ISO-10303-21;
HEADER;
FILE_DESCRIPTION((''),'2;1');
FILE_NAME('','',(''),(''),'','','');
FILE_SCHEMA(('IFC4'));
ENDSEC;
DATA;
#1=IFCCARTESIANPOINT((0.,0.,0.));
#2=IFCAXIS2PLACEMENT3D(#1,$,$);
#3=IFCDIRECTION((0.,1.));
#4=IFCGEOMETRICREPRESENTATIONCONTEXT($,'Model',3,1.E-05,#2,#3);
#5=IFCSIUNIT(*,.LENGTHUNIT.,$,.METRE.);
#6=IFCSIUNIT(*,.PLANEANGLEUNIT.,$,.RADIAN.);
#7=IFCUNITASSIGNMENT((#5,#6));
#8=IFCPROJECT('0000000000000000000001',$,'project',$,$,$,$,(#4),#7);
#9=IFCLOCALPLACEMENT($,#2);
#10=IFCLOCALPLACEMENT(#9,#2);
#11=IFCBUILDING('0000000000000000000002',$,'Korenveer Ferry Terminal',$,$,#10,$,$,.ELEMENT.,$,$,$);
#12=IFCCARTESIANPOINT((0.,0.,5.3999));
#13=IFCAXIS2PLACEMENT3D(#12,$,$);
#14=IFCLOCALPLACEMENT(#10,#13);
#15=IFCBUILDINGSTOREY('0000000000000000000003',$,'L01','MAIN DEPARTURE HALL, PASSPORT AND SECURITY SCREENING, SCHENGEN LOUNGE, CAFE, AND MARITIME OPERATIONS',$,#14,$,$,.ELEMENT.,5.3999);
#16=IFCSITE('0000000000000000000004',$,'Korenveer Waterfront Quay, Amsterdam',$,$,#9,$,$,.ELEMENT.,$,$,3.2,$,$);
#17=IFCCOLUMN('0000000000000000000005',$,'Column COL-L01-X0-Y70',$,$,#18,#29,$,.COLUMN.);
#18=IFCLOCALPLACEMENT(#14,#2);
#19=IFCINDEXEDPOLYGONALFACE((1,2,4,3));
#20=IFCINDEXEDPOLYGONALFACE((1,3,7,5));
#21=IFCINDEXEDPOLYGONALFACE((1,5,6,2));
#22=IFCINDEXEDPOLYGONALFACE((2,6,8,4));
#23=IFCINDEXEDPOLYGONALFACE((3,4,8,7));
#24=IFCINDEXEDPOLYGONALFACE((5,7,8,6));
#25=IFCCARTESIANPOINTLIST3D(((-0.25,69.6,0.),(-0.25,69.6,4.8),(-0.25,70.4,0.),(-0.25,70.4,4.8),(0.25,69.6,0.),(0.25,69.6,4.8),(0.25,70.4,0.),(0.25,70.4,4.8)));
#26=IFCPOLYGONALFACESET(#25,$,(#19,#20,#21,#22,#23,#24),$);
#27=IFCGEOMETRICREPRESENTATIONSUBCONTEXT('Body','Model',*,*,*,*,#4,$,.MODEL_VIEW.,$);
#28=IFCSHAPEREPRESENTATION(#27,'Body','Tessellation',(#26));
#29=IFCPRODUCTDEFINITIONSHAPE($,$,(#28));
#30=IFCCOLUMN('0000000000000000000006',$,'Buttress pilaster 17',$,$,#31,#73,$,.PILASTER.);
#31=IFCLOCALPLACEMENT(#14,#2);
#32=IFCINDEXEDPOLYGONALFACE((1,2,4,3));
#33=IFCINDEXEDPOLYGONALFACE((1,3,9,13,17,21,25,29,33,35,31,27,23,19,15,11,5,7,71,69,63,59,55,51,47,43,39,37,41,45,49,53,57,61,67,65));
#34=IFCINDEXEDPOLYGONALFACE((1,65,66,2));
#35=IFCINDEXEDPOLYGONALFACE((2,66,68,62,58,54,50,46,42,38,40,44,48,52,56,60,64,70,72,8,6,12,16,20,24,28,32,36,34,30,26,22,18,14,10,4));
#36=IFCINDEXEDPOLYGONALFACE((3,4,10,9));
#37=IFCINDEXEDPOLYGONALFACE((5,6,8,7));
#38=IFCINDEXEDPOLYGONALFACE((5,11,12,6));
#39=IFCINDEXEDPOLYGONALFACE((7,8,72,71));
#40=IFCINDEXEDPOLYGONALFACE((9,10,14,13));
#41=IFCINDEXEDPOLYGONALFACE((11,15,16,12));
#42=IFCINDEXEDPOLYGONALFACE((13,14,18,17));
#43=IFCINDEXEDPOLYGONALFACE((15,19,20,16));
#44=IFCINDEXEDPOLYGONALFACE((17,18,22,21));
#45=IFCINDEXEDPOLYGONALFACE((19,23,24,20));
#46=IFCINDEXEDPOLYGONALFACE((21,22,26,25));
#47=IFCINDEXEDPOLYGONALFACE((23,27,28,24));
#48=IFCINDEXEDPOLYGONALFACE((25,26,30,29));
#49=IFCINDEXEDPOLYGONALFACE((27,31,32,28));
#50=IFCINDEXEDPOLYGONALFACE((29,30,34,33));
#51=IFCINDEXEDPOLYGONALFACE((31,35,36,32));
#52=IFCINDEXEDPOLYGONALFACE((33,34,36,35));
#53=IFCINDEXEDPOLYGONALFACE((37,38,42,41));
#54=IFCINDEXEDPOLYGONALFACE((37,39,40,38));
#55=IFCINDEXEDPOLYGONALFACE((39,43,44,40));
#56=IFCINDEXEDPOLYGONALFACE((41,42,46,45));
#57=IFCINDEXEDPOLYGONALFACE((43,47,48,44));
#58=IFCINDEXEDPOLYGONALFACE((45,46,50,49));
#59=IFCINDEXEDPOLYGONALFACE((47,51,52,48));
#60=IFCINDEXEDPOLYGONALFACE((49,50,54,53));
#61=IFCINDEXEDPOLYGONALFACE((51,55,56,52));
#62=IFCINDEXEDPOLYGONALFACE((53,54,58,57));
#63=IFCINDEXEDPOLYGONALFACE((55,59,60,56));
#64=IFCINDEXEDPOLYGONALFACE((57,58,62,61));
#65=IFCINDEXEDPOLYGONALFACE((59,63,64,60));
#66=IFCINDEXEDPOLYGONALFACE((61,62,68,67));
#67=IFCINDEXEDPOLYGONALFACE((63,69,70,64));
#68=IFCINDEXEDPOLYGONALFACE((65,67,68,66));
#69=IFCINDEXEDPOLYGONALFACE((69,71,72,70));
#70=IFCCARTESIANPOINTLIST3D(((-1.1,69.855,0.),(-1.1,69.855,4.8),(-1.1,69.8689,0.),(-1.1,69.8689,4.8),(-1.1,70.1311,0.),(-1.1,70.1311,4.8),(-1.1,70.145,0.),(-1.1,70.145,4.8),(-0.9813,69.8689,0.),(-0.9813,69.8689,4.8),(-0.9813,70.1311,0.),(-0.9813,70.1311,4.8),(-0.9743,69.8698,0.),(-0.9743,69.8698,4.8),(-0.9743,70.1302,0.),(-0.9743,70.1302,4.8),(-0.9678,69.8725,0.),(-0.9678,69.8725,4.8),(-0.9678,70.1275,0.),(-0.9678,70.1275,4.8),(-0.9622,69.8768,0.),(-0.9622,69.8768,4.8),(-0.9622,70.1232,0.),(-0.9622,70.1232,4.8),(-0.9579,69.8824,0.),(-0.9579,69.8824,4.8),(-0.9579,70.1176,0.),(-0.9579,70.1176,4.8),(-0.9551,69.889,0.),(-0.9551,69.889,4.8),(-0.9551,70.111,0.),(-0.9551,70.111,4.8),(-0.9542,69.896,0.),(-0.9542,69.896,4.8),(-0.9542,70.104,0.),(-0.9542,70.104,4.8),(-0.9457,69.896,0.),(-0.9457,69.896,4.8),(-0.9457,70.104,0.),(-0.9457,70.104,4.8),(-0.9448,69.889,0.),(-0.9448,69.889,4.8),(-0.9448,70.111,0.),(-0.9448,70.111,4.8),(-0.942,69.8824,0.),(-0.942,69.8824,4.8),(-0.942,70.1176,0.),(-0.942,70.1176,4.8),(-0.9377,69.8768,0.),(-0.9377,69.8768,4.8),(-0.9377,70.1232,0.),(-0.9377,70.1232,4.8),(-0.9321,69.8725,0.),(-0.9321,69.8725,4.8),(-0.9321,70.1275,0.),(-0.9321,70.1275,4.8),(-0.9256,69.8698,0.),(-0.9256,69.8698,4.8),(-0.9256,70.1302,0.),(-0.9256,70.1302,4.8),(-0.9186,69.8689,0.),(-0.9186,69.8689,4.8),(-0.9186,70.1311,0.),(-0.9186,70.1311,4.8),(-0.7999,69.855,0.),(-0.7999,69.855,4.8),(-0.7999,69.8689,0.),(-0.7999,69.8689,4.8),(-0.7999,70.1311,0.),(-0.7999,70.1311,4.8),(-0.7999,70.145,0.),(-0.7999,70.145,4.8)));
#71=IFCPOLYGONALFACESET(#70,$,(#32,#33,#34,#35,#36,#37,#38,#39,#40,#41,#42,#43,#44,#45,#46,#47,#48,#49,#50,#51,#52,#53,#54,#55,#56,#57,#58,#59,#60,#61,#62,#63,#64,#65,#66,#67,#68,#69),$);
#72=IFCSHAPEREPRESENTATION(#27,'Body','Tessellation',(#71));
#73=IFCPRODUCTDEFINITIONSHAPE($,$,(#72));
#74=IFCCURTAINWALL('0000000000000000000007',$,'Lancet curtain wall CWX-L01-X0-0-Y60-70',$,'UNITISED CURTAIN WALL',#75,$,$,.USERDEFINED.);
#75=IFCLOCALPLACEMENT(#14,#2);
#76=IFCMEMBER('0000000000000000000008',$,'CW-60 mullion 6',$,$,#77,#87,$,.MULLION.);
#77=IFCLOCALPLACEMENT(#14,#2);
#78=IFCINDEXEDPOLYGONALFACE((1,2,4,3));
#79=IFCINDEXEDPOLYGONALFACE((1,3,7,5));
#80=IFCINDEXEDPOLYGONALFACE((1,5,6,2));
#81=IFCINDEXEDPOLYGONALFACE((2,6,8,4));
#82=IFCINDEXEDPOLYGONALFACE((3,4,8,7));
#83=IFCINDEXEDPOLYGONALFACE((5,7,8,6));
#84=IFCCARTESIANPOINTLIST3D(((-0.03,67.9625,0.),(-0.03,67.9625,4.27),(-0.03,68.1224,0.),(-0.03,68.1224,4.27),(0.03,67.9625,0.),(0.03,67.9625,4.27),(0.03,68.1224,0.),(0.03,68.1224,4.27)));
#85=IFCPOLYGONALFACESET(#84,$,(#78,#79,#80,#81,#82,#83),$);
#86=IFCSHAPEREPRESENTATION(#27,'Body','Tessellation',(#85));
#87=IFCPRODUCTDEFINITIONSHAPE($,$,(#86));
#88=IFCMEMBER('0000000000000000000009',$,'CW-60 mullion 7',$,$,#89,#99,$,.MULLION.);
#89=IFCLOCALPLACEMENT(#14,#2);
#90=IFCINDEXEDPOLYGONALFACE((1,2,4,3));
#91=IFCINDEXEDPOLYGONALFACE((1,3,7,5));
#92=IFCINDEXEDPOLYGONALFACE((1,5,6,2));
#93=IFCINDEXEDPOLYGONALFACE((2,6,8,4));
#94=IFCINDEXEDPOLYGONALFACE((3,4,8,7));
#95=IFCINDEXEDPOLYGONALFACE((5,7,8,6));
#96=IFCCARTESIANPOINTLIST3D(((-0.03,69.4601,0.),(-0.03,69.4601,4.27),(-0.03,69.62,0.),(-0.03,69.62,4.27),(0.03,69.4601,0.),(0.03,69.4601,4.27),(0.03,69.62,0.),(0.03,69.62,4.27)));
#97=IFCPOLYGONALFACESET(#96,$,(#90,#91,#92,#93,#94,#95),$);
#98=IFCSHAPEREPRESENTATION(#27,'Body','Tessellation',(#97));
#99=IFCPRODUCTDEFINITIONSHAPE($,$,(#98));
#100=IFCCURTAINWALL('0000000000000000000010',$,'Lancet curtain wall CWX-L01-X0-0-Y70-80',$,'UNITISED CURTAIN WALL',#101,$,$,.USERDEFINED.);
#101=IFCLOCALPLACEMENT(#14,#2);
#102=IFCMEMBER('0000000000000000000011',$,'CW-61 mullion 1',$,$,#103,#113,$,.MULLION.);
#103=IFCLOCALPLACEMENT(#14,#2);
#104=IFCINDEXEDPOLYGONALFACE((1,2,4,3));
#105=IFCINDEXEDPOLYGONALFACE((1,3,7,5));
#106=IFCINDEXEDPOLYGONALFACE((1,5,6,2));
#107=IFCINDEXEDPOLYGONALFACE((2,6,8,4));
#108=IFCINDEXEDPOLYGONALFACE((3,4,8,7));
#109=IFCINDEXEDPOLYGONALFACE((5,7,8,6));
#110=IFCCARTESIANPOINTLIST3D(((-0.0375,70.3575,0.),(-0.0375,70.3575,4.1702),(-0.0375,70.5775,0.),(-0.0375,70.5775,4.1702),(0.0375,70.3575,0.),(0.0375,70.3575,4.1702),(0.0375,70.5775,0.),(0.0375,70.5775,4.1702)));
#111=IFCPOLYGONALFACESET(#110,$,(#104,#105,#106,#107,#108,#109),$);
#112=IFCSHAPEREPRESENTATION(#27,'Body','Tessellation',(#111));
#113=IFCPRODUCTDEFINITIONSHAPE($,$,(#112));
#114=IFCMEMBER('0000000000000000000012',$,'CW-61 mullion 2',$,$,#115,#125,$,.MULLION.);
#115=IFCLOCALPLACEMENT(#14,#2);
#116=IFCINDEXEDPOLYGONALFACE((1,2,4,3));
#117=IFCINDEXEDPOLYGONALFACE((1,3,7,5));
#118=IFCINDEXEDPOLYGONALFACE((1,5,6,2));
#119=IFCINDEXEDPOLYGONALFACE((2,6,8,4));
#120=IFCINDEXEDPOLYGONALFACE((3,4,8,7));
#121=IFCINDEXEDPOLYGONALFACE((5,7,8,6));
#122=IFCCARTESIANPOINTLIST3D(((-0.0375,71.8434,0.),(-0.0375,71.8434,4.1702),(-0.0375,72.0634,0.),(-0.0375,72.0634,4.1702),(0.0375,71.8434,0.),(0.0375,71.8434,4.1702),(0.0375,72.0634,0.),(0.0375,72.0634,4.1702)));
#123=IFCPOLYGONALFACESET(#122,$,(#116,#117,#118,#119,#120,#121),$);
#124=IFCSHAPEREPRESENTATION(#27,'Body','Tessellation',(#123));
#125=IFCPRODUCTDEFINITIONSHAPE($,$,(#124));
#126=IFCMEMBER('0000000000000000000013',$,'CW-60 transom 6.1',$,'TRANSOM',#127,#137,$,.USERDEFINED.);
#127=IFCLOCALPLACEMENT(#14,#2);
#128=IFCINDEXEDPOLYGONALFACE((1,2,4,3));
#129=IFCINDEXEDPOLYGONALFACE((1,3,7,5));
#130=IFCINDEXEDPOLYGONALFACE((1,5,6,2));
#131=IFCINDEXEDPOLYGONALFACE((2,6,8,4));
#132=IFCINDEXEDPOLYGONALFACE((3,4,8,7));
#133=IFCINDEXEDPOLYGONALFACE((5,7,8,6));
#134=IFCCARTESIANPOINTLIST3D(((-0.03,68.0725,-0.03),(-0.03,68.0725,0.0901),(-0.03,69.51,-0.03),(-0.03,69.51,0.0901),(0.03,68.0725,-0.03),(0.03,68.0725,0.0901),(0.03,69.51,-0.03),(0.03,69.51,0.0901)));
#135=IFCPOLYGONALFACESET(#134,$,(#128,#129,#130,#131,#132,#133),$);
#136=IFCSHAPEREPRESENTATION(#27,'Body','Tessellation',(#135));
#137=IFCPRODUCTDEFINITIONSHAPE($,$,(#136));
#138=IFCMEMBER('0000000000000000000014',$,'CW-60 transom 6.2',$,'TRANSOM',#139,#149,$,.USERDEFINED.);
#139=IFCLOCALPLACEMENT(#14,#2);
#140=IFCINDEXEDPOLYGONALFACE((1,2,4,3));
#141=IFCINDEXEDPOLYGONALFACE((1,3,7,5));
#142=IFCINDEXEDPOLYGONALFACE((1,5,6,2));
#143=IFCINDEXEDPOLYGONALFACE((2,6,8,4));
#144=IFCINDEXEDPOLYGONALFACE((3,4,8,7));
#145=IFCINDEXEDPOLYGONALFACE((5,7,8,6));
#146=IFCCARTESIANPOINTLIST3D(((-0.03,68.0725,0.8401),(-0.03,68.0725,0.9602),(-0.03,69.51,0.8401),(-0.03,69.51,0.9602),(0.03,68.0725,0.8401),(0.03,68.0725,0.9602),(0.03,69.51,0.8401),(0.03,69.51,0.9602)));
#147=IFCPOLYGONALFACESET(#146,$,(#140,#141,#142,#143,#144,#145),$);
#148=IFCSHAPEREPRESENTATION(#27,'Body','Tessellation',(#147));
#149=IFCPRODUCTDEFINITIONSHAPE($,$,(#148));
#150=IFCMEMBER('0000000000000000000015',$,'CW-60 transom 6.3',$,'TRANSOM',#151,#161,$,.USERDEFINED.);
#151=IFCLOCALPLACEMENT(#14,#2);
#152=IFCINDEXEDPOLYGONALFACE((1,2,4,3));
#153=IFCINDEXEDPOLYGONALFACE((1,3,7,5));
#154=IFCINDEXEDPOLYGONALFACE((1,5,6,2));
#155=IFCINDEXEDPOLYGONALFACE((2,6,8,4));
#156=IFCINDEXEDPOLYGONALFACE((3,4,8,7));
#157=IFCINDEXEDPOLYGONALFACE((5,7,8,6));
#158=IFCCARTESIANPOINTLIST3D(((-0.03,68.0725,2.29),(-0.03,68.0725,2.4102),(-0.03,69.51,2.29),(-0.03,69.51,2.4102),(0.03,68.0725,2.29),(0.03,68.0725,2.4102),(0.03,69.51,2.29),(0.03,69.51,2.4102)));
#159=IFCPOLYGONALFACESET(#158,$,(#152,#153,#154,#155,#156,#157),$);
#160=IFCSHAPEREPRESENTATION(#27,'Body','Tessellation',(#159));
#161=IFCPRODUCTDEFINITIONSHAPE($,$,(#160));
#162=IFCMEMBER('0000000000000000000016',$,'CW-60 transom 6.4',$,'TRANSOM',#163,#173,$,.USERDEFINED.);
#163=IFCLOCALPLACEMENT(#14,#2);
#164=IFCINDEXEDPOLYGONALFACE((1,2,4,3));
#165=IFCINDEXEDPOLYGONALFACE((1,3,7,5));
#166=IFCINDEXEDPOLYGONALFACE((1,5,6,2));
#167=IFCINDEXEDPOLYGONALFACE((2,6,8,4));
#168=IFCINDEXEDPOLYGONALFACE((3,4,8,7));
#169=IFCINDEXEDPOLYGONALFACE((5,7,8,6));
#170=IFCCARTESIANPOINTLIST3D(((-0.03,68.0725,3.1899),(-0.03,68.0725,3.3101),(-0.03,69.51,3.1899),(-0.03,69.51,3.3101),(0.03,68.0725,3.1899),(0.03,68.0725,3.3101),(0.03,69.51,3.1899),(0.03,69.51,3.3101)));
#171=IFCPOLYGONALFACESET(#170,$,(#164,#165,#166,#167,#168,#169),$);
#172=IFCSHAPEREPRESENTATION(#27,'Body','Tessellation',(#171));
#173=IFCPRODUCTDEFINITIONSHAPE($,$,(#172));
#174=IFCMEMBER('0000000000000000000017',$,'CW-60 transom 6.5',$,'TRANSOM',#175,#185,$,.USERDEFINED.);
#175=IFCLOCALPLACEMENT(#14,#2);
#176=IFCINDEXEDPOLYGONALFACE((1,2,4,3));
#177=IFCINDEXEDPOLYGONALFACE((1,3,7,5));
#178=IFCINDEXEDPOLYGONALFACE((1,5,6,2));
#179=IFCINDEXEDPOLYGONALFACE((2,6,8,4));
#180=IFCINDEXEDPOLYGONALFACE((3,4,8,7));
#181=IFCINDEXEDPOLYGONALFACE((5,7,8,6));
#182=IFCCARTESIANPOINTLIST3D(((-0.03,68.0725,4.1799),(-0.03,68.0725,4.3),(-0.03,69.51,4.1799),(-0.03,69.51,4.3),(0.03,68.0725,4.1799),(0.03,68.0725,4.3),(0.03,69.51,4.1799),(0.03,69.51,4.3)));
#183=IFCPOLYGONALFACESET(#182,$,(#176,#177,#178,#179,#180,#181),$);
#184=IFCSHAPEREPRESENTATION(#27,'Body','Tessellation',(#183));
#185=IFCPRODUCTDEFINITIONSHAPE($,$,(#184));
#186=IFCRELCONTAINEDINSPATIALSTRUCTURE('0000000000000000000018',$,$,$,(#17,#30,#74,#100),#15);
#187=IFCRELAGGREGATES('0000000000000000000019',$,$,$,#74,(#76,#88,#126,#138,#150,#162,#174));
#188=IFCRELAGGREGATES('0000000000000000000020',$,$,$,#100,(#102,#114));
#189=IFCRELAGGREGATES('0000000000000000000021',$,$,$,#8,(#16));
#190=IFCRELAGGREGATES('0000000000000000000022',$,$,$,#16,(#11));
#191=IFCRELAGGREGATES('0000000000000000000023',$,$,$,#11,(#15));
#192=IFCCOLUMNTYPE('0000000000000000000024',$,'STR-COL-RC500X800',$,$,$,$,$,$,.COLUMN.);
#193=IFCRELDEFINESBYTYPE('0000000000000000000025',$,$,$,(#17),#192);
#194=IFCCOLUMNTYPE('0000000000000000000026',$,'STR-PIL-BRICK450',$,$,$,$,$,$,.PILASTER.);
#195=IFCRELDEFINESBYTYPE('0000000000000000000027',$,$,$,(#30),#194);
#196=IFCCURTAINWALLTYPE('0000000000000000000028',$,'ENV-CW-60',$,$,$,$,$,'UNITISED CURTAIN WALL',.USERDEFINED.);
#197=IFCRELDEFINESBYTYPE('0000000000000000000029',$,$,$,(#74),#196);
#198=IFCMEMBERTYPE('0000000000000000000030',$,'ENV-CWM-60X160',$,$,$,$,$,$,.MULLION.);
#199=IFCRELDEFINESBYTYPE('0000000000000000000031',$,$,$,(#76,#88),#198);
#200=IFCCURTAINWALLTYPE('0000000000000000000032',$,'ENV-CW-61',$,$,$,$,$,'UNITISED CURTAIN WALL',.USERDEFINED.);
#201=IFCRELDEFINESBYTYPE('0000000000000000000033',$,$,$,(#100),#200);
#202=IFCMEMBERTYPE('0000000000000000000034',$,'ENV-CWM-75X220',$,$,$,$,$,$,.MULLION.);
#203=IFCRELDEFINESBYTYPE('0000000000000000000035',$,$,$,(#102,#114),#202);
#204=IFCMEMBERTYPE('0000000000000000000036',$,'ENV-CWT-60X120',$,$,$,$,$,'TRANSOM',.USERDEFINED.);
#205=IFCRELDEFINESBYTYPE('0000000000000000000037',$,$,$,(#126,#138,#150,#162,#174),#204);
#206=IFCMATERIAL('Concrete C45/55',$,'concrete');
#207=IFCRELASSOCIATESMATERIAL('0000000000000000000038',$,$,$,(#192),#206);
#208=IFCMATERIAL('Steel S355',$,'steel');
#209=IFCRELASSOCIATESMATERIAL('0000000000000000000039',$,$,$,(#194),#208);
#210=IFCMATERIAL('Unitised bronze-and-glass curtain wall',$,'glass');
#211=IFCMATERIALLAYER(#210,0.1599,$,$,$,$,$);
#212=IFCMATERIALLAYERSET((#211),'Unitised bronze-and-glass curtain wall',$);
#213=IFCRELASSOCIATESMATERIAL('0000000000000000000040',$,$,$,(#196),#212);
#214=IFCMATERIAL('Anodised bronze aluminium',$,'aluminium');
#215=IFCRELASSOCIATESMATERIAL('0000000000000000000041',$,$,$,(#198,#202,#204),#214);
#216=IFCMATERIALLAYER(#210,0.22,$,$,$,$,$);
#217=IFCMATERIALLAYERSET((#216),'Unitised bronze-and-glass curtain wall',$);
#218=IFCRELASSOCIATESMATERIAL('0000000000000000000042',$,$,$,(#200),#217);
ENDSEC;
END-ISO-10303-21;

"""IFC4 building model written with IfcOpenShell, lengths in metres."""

from ifc_helpers import new_model, si_unit, direction, frame, origin, origin_2d, place, context, subcontext, project, spatial, rectangle, i_section, extrude, material, layer, layer_set, material_profile, profile_set, type_object, element, aggregate, save


model = new_model("IFC4")

# Units and contexts
model_context = context("Model", 3, precision=1e-05, world=origin(), true_north=direction((0.0, 1.0)))
body_context = subcontext(model_context, "Body", "Model", "MODEL_VIEW")
ifc_project = project(units=[si_unit("LENGTHUNIT", "METRE"), si_unit("PLANEANGLEUNIT", "RADIAN")], contexts=[model_context])

# Site, building, storey
site_placement = place(None, origin())
site = spatial("IfcSite", under=ifc_project, at=site_placement, Name="Korenveer Waterfront Quay, Amsterdam", CompositionType="ELEMENT", RefElevation=3.2)
building_placement = place(site_placement, origin())
building = spatial("IfcBuilding", under=site, at=building_placement, Name="Korenveer Ferry Terminal", CompositionType="ELEMENT")
storey_placement = place(building_placement, frame((0.0, 0.0, 5.3999)))
storey = spatial("IfcBuildingStorey", under=building, at=storey_placement, Name="L01", Description="MAIN DEPARTURE HALL, PASSPORT AND SECURITY SCREENING, SCHENGEN LOUNGE, CAFE, AND MARITIME OPERATIONS", CompositionType="ELEMENT", Elevation=5.3999)

# Columns
ifc_material_1 = material(Name="Concrete C45/55", Category="concrete")
ifc_material_profile_1 = material_profile(ifc_material_1, rectangle(XDim=0.5, YDim=0.8, at=origin_2d()), Name="RC 500x800")
ifc_profile_set_1 = profile_set([ifc_material_profile_1], Name="Concrete C45/55")
column_type_1 = type_object("IfcColumnType", Name="STR-COL-RC500X800", PredefinedType="COLUMN", material=ifc_profile_set_1)
column_1_placement = place(storey_placement, frame((0.0, 70.0, 0.0), z_axis=(0.0, 0.0, 1.0), x_axis=(1.0, 0.0, 0.0)))
element("IfcColumn", 1, at=column_1_placement, inside=storey, type_object=column_type_1, Name="Column COL-L01-X0-Y70", PredefinedType="COLUMN", context=body_context, shape_type="SweptSolid", body=[
    extrude(rectangle(XDim=0.5, YDim=0.8, at=origin_2d()), origin(), (0.0, 0.0, 1.0), 4.8),
])
ifc_material_2 = material(Name="Steel S355", Category="steel")
ifc_material_profile_2 = material_profile(ifc_material_2, i_section(OverallWidth=0.3, OverallDepth=0.29, WebThickness=0.0085, FlangeThickness=0.0139, FilletRadius=0.0271, at=origin_2d()), Name="HEA 300")
ifc_profile_set_2 = profile_set([ifc_material_profile_2], Name="Steel S355")
column_type_2 = type_object("IfcColumnType", Name="STR-PIL-BRICK450", PredefinedType="PILASTER", material=ifc_profile_set_2)
column_2_placement = place(storey_placement, frame((-0.95, 70.0, 0.0), z_axis=(0.0, 0.0, 1.0), x_axis=(1.0, 0.0, 0.0)))
element("IfcColumn", 2, at=column_2_placement, inside=storey, type_object=column_type_2, Name="Buttress pilaster 17", PredefinedType="PILASTER", context=body_context, shape_type="SweptSolid", body=[
    extrude(i_section(OverallWidth=0.3, OverallDepth=0.29, WebThickness=0.0085, FlangeThickness=0.0139, FilletRadius=0.0271, at=origin_2d()), origin(), (0.0, 0.0, 1.0), 4.8),
])

# Curtain walls, members
ifc_material_3 = material(Name="Unitised bronze-and-glass curtain wall", Category="glass")
ifc_layer_1 = layer(ifc_material_3, 0.1599)
ifc_layer_set_1 = layer_set([ifc_layer_1], Name="Unitised bronze-and-glass curtain wall")
curtain_wall_type_1 = type_object("IfcCurtainWallType", Name="ENV-CW-60", ElementType="UNITISED CURTAIN WALL", PredefinedType="USERDEFINED", material=ifc_layer_set_1)
curtain_wall_1_placement = place(storey_placement, frame((0.0, 60.405, 0.0)))
curtain_wall_1 = element("IfcCurtainWall", 3, at=curtain_wall_1_placement, inside=storey, type_object=curtain_wall_type_1, Name="Lancet curtain wall CWX-L01-X0-0-Y60-70", ObjectType="UNITISED CURTAIN WALL", PredefinedType="USERDEFINED")
ifc_material_4 = material(Name="Anodised bronze aluminium", Category="aluminium")
ifc_material_profile_3 = material_profile(ifc_material_4, rectangle(XDim=0.0601, YDim=0.1599, at=origin_2d()), Name="ALU 60x160")
ifc_profile_set_3 = profile_set([ifc_material_profile_3], Name="Anodised bronze aluminium")
member_type_1 = type_object("IfcMemberType", Name="ENV-CWM-60X160", PredefinedType="MULLION", material=ifc_profile_set_3)
member_1_placement = place(storey_placement, frame((0.0, 68.0425, 0.0), z_axis=(0.0, 0.0, 1.0), x_axis=(-1.0, 0.0, 0.0)))
member_1 = element("IfcMember", 4, at=member_1_placement, type_object=member_type_1, Name="CW-60 mullion 6", PredefinedType="MULLION", context=body_context, shape_type="SweptSolid", body=[
    extrude(rectangle(XDim=0.0601, YDim=0.1599, at=origin_2d()), origin(), (0.0, 0.0, 1.0), 4.27),
])
member_2_placement = place(storey_placement, frame((0.0, 69.54, 0.0), z_axis=(0.0, 0.0, 1.0), x_axis=(-1.0, 0.0, 0.0)))
member_2 = element("IfcMember", 5, at=member_2_placement, type_object=member_type_1, Name="CW-60 mullion 7", PredefinedType="MULLION", context=body_context, shape_type="SweptSolid", body=[
    extrude(rectangle(XDim=0.0601, YDim=0.1599, at=origin_2d()), origin(), (0.0, 0.0, 1.0), 4.27),
])
ifc_layer_2 = layer(ifc_material_3, 0.22)
ifc_layer_set_2 = layer_set([ifc_layer_2], Name="Unitised bronze-and-glass curtain wall")
curtain_wall_type_2 = type_object("IfcCurtainWallType", Name="ENV-CW-61", ElementType="UNITISED CURTAIN WALL", PredefinedType="USERDEFINED", material=ifc_layer_set_2)
curtain_wall_2_placement = place(storey_placement, frame((0.0, 70.4299, 0.0)))
curtain_wall_2 = element("IfcCurtainWall", 6, at=curtain_wall_2_placement, inside=storey, type_object=curtain_wall_type_2, Name="Lancet curtain wall CWX-L01-X0-0-Y70-80", ObjectType="UNITISED CURTAIN WALL", PredefinedType="USERDEFINED")
ifc_material_profile_4 = material_profile(ifc_material_4, rectangle(XDim=0.075, YDim=0.22, at=origin_2d()), Name="ALU 75x220")
ifc_profile_set_4 = profile_set([ifc_material_profile_4], Name="Anodised bronze aluminium")
member_type_2 = type_object("IfcMemberType", Name="ENV-CWM-75X220", PredefinedType="MULLION", material=ifc_profile_set_4)
member_3_placement = place(storey_placement, frame((0.0, 70.4675, 0.0), z_axis=(0.0, 0.0, 1.0), x_axis=(-1.0, 0.0, 0.0)))
member_3 = element("IfcMember", 7, at=member_3_placement, type_object=member_type_2, Name="CW-61 mullion 1", PredefinedType="MULLION", context=body_context, shape_type="SweptSolid", body=[
    extrude(rectangle(XDim=0.075, YDim=0.22, at=origin_2d()), origin(), (0.0, 0.0, 1.0), 4.1702),
])
member_4_placement = place(storey_placement, frame((0.0, 71.9534, 0.0), z_axis=(0.0, 0.0, 1.0), x_axis=(-1.0, 0.0, 0.0)))
member_4 = element("IfcMember", 8, at=member_4_placement, type_object=member_type_2, Name="CW-61 mullion 2", PredefinedType="MULLION", context=body_context, shape_type="SweptSolid", body=[
    extrude(rectangle(XDim=0.075, YDim=0.22, at=origin_2d()), origin(), (0.0, 0.0, 1.0), 4.1702),
])

# Members
ifc_material_profile_5 = material_profile(ifc_material_4, rectangle(XDim=0.0601, YDim=0.1201, at=origin_2d()), Name="ALU 60x120")
ifc_profile_set_5 = profile_set([ifc_material_profile_5], Name="Anodised bronze aluminium")
member_type_3 = type_object("IfcMemberType", Name="ENV-CWT-60X120", ElementType="TRANSOM", PredefinedType="USERDEFINED", material=ifc_profile_set_5)
member_5_placement = place(storey_placement, frame((0.0, 68.0725, 0.03), z_axis=(0.0, 1.0, 0.0), x_axis=(-1.0, 0.0, 0.0)))
member_5 = element("IfcMember", 9, at=member_5_placement, type_object=member_type_3, Name="CW-60 transom 6.1", ObjectType="TRANSOM", PredefinedType="USERDEFINED", context=body_context, shape_type="SweptSolid", body=[
    extrude(rectangle(XDim=0.0601, YDim=0.1201, at=origin_2d()), origin(), (0.0, 0.0, 1.0), 1.4375),
])
member_6_placement = place(storey_placement, frame((0.0, 68.0725, 0.9001), z_axis=(0.0, 1.0, 0.0), x_axis=(-1.0, 0.0, 0.0)))
member_6 = element("IfcMember", 10, at=member_6_placement, type_object=member_type_3, Name="CW-60 transom 6.2", ObjectType="TRANSOM", PredefinedType="USERDEFINED", context=body_context, shape_type="SweptSolid", body=[
    extrude(rectangle(XDim=0.0601, YDim=0.1201, at=origin_2d()), origin(), (0.0, 0.0, 1.0), 1.4375),
])
member_7_placement = place(storey_placement, frame((0.0, 68.0725, 2.3501), z_axis=(0.0, 1.0, 0.0), x_axis=(-1.0, 0.0, 0.0)))
member_7 = element("IfcMember", 11, at=member_7_placement, type_object=member_type_3, Name="CW-60 transom 6.3", ObjectType="TRANSOM", PredefinedType="USERDEFINED", context=body_context, shape_type="SweptSolid", body=[
    extrude(rectangle(XDim=0.0601, YDim=0.1201, at=origin_2d()), origin(), (0.0, 0.0, 1.0), 1.4375),
])
member_8_placement = place(storey_placement, frame((0.0, 68.0725, 3.25), z_axis=(0.0, 1.0, 0.0), x_axis=(-1.0, 0.0, 0.0)))
member_8 = element("IfcMember", 12, at=member_8_placement, type_object=member_type_3, Name="CW-60 transom 6.4", ObjectType="TRANSOM", PredefinedType="USERDEFINED", context=body_context, shape_type="SweptSolid", body=[
    extrude(rectangle(XDim=0.0601, YDim=0.1201, at=origin_2d()), origin(), (0.0, 0.0, 1.0), 1.4375),
])
member_9_placement = place(storey_placement, frame((0.0, 68.0725, 4.24), z_axis=(0.0, 1.0, 0.0), x_axis=(-1.0, 0.0, 0.0)))
member_9 = element("IfcMember", 13, at=member_9_placement, type_object=member_type_3, Name="CW-60 transom 6.5", ObjectType="TRANSOM", PredefinedType="USERDEFINED", context=body_context, shape_type="SweptSolid", body=[
    extrude(rectangle(XDim=0.0601, YDim=0.1201, at=origin_2d()), origin(), (0.0, 0.0, 1.0), 1.4375),
])

aggregate(curtain_wall_1, [member_1, member_2, member_5, member_6, member_7, member_8, member_9])
aggregate(curtain_wall_2, [member_3, member_4])

save(model, "model.ifc")
